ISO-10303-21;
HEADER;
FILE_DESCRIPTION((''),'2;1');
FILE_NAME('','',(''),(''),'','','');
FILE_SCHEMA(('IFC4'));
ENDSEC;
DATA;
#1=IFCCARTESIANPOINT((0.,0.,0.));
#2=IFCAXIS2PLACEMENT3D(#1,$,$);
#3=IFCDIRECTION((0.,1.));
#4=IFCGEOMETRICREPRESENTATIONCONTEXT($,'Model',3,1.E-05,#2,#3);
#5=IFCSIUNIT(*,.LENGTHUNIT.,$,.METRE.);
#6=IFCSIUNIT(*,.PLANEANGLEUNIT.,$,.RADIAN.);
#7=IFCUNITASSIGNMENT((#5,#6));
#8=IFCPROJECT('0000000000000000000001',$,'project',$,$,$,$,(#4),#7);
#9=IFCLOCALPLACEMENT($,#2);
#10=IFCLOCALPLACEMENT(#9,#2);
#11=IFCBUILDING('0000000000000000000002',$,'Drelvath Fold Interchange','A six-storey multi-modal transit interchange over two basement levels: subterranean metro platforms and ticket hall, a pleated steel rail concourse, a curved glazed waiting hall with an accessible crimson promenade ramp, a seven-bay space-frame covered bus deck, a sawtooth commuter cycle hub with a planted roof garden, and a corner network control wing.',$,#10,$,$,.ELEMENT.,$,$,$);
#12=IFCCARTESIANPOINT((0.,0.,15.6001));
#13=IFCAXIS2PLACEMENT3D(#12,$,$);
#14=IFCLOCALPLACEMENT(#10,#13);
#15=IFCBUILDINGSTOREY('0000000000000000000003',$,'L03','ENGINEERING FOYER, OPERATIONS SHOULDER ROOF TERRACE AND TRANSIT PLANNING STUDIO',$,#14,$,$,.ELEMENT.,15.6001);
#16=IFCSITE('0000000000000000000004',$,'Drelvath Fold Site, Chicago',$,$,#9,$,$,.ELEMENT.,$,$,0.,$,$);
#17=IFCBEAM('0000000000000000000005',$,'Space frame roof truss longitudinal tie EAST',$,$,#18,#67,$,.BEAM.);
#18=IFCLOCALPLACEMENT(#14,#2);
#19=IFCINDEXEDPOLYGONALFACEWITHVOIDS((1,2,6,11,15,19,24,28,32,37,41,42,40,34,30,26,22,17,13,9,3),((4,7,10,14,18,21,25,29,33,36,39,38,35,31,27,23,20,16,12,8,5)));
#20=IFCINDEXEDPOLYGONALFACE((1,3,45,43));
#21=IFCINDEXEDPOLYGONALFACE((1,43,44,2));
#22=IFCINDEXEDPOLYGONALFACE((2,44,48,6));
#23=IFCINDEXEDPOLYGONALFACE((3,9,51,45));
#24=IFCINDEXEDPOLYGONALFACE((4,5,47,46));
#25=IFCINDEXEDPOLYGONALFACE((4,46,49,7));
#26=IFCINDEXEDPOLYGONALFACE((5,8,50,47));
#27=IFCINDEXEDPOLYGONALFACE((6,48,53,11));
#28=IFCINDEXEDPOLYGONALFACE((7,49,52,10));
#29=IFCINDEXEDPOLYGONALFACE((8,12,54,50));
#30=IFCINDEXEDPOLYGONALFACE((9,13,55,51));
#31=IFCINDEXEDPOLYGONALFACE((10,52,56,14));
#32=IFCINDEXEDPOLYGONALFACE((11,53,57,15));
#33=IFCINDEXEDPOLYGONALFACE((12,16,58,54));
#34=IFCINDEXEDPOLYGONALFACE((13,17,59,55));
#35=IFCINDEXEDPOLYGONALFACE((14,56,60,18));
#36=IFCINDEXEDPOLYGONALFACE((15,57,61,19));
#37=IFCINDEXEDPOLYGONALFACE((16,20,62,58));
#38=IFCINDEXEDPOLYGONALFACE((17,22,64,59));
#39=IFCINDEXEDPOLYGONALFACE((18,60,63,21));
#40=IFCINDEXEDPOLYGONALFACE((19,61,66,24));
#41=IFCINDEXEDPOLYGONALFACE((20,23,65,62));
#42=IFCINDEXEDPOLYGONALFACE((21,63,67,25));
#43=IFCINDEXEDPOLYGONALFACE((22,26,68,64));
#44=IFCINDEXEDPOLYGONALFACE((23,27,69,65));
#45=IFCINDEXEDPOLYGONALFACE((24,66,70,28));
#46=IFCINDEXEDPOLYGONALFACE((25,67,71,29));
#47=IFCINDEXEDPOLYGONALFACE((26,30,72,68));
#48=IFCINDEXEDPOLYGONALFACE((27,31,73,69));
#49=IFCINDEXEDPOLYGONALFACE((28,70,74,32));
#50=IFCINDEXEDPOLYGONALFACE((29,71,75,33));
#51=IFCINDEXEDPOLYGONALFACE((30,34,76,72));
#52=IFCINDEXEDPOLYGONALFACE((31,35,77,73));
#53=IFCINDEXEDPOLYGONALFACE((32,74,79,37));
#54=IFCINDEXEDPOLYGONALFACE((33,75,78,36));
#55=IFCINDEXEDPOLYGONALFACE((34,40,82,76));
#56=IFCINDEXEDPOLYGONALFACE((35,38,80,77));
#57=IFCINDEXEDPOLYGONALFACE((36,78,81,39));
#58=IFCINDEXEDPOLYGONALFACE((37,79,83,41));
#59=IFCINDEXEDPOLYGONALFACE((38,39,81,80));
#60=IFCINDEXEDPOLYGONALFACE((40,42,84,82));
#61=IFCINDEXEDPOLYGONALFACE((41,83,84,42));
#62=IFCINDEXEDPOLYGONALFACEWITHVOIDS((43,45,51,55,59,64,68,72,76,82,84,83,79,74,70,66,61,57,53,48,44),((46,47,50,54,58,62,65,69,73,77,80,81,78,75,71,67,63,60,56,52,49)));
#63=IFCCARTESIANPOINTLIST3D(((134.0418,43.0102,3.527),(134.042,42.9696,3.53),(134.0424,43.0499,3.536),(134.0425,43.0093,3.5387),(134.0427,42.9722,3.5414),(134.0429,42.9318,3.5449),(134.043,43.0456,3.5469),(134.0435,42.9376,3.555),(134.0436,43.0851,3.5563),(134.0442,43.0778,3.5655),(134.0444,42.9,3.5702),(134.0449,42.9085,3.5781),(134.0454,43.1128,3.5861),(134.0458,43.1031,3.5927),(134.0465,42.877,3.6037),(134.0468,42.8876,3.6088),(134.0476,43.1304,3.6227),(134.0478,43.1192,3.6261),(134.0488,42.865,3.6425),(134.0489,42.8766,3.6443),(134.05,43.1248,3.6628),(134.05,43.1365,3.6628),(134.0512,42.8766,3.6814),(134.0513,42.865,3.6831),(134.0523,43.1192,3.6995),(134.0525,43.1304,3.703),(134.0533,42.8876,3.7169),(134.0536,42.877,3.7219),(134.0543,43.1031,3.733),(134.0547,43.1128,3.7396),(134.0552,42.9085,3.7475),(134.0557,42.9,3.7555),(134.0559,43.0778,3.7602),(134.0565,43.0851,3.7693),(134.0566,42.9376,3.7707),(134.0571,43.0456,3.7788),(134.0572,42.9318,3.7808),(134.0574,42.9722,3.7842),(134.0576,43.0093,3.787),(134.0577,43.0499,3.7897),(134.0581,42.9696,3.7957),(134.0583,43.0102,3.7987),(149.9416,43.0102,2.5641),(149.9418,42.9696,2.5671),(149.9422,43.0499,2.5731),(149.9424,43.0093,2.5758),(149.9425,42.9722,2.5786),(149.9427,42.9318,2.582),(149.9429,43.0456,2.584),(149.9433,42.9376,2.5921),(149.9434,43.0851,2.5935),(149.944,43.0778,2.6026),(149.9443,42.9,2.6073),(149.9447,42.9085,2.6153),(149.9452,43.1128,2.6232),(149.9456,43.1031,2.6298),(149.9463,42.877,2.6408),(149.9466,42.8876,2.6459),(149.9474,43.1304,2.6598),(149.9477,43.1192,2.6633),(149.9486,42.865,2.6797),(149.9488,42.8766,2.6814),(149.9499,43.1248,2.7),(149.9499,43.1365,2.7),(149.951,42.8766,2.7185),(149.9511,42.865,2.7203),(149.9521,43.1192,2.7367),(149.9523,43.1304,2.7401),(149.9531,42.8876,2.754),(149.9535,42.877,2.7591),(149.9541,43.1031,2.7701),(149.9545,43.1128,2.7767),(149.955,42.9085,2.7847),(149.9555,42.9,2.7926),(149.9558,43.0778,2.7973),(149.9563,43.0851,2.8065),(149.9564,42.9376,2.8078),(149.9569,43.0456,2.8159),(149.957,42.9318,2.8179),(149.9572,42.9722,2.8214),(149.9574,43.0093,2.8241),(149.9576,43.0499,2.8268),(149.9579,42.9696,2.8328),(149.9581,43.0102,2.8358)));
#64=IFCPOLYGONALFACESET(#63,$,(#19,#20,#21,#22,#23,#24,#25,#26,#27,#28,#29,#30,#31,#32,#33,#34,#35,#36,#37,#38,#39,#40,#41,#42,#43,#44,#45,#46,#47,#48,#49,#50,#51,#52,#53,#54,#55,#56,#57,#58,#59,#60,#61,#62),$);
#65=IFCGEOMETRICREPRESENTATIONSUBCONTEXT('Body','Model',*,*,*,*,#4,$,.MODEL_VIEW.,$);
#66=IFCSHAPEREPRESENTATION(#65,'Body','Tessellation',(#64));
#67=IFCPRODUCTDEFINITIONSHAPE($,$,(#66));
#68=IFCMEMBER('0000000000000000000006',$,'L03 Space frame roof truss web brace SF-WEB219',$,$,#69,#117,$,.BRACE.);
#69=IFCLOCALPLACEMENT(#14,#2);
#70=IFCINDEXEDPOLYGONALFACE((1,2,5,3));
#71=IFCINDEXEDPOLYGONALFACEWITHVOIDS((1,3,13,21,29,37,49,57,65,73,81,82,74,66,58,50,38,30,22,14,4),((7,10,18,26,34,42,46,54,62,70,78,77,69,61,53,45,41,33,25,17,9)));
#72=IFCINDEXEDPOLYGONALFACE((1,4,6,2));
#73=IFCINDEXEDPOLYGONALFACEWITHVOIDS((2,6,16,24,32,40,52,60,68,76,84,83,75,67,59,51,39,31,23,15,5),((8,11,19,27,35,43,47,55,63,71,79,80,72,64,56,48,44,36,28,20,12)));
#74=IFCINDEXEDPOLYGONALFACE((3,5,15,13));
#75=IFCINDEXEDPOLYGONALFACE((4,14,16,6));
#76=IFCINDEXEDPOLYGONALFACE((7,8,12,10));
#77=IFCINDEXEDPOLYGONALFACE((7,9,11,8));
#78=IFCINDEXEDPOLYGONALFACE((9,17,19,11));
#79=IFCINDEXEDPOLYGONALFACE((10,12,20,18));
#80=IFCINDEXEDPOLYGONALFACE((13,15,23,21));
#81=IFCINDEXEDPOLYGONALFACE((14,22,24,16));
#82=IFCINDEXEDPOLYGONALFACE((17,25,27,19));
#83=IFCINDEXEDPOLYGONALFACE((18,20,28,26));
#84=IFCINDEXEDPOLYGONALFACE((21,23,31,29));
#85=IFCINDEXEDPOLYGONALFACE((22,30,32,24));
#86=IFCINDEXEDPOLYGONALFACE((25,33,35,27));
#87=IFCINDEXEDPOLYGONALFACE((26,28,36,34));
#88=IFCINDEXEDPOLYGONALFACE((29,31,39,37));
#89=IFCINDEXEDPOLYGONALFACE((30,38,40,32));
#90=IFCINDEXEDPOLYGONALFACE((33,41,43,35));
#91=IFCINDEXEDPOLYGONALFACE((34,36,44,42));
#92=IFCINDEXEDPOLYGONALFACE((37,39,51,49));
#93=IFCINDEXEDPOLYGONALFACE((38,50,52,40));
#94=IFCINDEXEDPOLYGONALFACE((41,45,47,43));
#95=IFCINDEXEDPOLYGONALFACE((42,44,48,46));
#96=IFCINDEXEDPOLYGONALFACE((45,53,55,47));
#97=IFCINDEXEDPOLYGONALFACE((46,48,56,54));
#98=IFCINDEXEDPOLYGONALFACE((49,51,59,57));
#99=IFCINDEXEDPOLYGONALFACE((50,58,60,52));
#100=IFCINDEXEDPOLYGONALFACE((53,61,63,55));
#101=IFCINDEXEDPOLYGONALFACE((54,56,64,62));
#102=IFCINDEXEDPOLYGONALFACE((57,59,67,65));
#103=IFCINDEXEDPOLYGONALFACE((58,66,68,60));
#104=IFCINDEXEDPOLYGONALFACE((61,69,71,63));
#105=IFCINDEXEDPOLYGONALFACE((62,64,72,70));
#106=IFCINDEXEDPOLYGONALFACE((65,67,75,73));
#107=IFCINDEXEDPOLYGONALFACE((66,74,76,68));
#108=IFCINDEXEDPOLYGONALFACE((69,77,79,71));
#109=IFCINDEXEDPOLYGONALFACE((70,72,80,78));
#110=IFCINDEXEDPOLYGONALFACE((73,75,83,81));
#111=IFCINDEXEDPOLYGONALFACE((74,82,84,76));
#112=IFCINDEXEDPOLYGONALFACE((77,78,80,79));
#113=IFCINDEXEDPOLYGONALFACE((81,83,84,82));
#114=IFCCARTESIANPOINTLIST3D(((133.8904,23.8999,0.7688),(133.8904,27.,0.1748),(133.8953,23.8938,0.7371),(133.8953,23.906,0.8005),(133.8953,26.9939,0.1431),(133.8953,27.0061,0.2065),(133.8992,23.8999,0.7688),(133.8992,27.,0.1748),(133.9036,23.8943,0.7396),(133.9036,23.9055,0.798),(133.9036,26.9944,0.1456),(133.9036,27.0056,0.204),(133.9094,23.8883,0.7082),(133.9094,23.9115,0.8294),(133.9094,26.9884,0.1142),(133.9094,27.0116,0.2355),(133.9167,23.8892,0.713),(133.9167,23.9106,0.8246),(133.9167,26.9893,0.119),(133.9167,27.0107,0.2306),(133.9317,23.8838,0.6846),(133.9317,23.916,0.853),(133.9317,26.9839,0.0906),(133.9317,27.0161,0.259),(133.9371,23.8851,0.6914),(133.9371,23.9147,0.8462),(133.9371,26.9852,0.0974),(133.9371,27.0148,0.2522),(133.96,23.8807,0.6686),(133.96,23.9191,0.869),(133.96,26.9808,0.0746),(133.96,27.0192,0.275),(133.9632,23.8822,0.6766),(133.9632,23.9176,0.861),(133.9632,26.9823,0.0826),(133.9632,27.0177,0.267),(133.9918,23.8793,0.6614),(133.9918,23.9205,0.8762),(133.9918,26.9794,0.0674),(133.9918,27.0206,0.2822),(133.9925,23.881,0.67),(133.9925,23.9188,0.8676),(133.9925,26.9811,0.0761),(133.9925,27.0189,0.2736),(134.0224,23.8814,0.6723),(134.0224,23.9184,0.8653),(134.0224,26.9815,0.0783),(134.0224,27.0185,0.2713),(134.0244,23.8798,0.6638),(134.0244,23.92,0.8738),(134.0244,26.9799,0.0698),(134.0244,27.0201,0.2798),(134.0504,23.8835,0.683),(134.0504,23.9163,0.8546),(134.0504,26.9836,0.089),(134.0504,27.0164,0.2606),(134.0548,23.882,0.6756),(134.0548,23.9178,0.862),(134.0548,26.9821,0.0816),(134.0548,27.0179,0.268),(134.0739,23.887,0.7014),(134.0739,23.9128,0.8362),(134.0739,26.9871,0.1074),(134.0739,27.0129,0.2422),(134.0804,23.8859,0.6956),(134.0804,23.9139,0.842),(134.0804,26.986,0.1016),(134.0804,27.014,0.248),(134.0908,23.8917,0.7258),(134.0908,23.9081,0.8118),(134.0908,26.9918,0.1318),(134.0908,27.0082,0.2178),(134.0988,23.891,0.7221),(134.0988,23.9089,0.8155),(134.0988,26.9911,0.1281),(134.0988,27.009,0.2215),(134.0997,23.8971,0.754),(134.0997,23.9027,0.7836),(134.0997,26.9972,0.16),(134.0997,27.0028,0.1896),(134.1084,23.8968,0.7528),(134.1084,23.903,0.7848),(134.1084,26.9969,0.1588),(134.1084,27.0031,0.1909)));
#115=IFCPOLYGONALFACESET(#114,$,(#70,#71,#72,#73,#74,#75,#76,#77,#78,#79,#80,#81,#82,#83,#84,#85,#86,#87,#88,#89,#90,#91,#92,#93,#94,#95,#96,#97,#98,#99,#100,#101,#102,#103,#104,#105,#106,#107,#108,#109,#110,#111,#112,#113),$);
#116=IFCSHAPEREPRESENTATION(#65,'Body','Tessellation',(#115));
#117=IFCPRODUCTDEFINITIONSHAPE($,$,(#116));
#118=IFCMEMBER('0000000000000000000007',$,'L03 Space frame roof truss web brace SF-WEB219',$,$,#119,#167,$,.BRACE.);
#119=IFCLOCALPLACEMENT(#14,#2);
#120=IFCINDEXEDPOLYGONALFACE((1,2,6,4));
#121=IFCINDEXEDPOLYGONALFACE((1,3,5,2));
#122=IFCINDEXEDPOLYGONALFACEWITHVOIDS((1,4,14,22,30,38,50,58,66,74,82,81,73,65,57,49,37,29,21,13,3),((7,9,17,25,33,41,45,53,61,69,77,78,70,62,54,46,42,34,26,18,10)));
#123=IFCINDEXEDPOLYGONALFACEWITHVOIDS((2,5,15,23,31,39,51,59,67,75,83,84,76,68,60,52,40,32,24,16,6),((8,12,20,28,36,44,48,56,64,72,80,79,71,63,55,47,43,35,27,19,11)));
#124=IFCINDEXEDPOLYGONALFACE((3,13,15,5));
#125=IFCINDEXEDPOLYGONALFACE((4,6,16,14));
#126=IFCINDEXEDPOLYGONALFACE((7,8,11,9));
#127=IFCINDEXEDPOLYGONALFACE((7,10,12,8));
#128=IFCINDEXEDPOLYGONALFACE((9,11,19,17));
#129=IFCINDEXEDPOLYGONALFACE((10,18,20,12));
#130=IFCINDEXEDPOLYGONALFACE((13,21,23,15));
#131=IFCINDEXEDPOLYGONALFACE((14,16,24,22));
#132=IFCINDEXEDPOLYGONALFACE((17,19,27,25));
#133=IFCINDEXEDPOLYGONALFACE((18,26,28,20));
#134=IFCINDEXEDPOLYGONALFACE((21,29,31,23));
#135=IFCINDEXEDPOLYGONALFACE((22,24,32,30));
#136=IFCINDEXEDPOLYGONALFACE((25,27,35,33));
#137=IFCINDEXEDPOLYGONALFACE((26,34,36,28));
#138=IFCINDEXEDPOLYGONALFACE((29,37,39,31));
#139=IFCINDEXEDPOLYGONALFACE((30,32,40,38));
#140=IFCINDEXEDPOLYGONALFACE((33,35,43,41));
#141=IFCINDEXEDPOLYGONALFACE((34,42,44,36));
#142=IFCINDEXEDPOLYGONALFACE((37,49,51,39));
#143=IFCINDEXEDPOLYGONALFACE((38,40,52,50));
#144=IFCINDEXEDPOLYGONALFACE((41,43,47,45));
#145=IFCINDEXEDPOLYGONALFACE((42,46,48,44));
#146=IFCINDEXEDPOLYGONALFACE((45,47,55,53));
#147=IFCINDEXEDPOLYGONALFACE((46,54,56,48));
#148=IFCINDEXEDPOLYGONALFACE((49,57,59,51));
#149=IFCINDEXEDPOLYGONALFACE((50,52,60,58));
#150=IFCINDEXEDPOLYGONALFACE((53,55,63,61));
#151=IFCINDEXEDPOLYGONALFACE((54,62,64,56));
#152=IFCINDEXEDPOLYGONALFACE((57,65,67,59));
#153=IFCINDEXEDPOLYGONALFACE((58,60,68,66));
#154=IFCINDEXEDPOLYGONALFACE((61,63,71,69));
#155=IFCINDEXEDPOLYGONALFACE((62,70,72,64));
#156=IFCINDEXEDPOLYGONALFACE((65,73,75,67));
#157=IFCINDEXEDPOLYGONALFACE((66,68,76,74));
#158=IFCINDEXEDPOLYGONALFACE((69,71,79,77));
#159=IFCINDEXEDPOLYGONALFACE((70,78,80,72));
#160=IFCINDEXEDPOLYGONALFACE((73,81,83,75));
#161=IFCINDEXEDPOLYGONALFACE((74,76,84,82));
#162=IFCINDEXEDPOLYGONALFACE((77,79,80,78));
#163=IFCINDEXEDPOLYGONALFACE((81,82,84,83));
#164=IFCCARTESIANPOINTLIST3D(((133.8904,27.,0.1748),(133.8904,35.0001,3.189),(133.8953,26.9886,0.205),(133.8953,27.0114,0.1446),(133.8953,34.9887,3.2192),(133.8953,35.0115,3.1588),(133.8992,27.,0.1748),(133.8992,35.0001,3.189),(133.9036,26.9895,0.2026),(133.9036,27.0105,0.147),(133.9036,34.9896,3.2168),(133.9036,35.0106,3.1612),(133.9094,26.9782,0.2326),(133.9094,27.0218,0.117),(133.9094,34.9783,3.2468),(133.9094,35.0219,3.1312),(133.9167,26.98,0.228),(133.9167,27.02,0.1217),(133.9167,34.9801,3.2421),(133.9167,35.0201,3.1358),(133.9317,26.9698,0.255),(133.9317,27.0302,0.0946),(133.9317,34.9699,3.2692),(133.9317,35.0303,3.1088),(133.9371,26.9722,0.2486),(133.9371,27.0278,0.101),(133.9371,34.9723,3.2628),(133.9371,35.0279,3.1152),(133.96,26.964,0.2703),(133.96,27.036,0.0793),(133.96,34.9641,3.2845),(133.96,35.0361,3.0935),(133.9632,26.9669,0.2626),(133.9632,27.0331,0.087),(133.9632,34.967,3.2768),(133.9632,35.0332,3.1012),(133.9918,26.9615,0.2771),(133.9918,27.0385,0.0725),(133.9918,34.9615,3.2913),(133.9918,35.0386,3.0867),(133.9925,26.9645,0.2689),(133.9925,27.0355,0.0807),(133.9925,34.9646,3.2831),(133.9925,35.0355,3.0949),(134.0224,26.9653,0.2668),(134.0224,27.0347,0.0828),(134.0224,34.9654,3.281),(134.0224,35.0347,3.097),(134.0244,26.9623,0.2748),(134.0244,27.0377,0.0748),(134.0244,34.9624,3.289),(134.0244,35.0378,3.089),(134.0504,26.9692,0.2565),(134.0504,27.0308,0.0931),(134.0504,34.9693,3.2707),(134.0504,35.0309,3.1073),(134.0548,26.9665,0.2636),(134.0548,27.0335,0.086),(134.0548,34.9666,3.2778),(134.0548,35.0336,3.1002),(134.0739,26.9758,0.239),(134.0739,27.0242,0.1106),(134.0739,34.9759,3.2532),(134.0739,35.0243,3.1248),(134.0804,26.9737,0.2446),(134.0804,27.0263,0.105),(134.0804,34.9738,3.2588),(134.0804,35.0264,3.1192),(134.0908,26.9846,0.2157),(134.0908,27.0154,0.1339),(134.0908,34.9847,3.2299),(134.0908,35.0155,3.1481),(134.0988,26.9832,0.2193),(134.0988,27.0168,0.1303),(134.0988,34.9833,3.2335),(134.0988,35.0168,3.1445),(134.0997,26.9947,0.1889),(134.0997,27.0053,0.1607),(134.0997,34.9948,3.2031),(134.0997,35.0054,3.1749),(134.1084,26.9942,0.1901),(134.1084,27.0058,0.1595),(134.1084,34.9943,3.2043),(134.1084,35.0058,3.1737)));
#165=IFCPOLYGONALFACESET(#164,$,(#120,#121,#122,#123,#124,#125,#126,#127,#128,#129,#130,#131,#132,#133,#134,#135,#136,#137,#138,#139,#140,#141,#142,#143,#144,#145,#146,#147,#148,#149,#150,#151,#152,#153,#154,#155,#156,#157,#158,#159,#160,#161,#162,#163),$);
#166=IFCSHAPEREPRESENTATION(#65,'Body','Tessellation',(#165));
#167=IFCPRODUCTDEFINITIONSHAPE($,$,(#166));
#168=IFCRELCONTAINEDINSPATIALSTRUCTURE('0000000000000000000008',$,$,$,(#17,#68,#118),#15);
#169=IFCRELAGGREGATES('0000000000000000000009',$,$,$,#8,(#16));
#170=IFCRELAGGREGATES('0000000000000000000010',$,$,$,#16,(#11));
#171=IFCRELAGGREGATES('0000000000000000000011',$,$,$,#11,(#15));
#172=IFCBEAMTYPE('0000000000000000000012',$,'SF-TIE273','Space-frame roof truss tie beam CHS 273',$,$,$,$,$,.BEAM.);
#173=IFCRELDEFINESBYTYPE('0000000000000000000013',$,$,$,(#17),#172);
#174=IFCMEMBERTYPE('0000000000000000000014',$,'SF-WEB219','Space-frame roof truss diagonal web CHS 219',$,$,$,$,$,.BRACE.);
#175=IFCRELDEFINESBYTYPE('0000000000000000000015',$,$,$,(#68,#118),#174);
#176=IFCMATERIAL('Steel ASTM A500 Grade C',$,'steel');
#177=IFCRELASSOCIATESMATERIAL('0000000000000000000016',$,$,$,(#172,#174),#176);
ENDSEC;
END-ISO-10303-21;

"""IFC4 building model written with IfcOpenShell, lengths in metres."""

from ifc_helpers import new_model, si_unit, direction, frame, origin, origin_2d, place, context, subcontext, project, spatial, hollow_circle, extrude, material, material_profile, profile_set, type_object, element, save


model = new_model("IFC4")

# Units and contexts
model_context = context("Model", 3, precision=1e-05, world=origin(), true_north=direction((0.0, 1.0)))
body_context = subcontext(model_context, "Body", "Model", "MODEL_VIEW")
ifc_project = project(units=[si_unit("LENGTHUNIT", "METRE"), si_unit("PLANEANGLEUNIT", "RADIAN")], contexts=[model_context])

# Site, building, storey
site_placement = place(None, origin())
site = spatial("IfcSite", under=ifc_project, at=site_placement, Name="Drelvath Fold Site, Chicago", CompositionType="ELEMENT", RefElevation=0.0)
building_placement = place(site_placement, origin())
building = spatial("IfcBuilding", under=site, at=building_placement, Name="Drelvath Fold Interchange", Description="A six-storey multi-modal transit interchange over two basement levels: subterranean metro platforms and ticket hall, a pleated steel rail concourse, a curved glazed waiting hall with an accessible crimson promenade ramp, a seven-bay space-frame covered bus deck, a sawtooth commuter cycle hub with a planted roof garden, and a corner network control wing.", CompositionType="ELEMENT")
storey_placement = place(building_placement, frame((0.0, 0.0, 15.6001)))
storey = spatial("IfcBuildingStorey", under=building, at=storey_placement, Name="L03", Description="ENGINEERING FOYER, OPERATIONS SHOULDER ROOF TERRACE AND TRANSIT PLANNING STUDIO", CompositionType="ELEMENT", Elevation=15.6001)

# Shared definitions
ifc_material_1 = material(Name="Steel ASTM A500 Grade C", Category="steel")

# Beam
ifc_material_profile_1 = material_profile(ifc_material_1, hollow_circle(Radius=0.1365, WallThickness=0.0117, at=origin_2d()), Name="HSS10.750X0.500")
ifc_profile_set_1 = profile_set([ifc_material_profile_1], Name="Steel ASTM A500 Grade C")
beam_type_1 = type_object("IfcBeamType", Name="SF-TIE273", Description="Space-frame roof truss tie beam CHS 273", PredefinedType="BEAM", material=ifc_profile_set_1)
beam_1_placement = place(storey_placement, frame((134.05, 43.0, 3.6628), z_axis=(0.998171, 0.0, -0.060449), x_axis=(0.0, 1.0, 0.0)))
element("IfcBeam", 1, at=beam_1_placement, inside=storey, type_object=beam_type_1, Name="Space frame roof truss longitudinal tie EAST", PredefinedType="BEAM", context=body_context, shape_type="SweptSolid", body=[
    extrude(hollow_circle(Radius=0.1365, WallThickness=0.0117, at=origin_2d()), origin(), (0.0, 0.0, 1.0), 15.929),
])

# Members
ifc_material_profile_2 = material_profile(ifc_material_1, hollow_circle(Radius=0.1096, WallThickness=0.0088, at=origin_2d()), Name="HSS8.625X0.375")
ifc_profile_set_2 = profile_set([ifc_material_profile_2], Name="Steel ASTM A500 Grade C")
member_type_1 = type_object("IfcMemberType", Name="SF-WEB219", Description="Space-frame roof truss diagonal web CHS 219", PredefinedType="BRACE", material=ifc_profile_set_2)
member_1_placement = place(storey_placement, frame((134.0, 23.8999, 0.7688), z_axis=(0.0, 0.982134, -0.188182), x_axis=(-1.0, 0.0, 0.0)))
element("IfcMember", 2, at=member_1_placement, inside=storey, type_object=member_type_1, Name="L03 Space frame roof truss web brace SF-WEB219", PredefinedType="BRACE", context=body_context, shape_type="SweptSolid", body=[
    extrude(hollow_circle(Radius=0.1096, WallThickness=0.0088, at=origin_2d()), origin(), (0.0, 0.0, 1.0), 3.1565),
])
member_2_placement = place(storey_placement, frame((134.0, 27.0, 0.1748), z_axis=(0.0, 0.935783, 0.352575), x_axis=(-1.0, 0.0, 0.0)))
element("IfcMember", 3, at=member_2_placement, inside=storey, type_object=member_type_1, Name="L03 Space frame roof truss web brace SF-WEB219", PredefinedType="BRACE", context=body_context, shape_type="SweptSolid", body=[
    extrude(hollow_circle(Radius=0.1096, WallThickness=0.0088, at=origin_2d()), origin(), (0.0, 0.0, 1.0), 8.5491),
])

save(model, "model.ifc")
